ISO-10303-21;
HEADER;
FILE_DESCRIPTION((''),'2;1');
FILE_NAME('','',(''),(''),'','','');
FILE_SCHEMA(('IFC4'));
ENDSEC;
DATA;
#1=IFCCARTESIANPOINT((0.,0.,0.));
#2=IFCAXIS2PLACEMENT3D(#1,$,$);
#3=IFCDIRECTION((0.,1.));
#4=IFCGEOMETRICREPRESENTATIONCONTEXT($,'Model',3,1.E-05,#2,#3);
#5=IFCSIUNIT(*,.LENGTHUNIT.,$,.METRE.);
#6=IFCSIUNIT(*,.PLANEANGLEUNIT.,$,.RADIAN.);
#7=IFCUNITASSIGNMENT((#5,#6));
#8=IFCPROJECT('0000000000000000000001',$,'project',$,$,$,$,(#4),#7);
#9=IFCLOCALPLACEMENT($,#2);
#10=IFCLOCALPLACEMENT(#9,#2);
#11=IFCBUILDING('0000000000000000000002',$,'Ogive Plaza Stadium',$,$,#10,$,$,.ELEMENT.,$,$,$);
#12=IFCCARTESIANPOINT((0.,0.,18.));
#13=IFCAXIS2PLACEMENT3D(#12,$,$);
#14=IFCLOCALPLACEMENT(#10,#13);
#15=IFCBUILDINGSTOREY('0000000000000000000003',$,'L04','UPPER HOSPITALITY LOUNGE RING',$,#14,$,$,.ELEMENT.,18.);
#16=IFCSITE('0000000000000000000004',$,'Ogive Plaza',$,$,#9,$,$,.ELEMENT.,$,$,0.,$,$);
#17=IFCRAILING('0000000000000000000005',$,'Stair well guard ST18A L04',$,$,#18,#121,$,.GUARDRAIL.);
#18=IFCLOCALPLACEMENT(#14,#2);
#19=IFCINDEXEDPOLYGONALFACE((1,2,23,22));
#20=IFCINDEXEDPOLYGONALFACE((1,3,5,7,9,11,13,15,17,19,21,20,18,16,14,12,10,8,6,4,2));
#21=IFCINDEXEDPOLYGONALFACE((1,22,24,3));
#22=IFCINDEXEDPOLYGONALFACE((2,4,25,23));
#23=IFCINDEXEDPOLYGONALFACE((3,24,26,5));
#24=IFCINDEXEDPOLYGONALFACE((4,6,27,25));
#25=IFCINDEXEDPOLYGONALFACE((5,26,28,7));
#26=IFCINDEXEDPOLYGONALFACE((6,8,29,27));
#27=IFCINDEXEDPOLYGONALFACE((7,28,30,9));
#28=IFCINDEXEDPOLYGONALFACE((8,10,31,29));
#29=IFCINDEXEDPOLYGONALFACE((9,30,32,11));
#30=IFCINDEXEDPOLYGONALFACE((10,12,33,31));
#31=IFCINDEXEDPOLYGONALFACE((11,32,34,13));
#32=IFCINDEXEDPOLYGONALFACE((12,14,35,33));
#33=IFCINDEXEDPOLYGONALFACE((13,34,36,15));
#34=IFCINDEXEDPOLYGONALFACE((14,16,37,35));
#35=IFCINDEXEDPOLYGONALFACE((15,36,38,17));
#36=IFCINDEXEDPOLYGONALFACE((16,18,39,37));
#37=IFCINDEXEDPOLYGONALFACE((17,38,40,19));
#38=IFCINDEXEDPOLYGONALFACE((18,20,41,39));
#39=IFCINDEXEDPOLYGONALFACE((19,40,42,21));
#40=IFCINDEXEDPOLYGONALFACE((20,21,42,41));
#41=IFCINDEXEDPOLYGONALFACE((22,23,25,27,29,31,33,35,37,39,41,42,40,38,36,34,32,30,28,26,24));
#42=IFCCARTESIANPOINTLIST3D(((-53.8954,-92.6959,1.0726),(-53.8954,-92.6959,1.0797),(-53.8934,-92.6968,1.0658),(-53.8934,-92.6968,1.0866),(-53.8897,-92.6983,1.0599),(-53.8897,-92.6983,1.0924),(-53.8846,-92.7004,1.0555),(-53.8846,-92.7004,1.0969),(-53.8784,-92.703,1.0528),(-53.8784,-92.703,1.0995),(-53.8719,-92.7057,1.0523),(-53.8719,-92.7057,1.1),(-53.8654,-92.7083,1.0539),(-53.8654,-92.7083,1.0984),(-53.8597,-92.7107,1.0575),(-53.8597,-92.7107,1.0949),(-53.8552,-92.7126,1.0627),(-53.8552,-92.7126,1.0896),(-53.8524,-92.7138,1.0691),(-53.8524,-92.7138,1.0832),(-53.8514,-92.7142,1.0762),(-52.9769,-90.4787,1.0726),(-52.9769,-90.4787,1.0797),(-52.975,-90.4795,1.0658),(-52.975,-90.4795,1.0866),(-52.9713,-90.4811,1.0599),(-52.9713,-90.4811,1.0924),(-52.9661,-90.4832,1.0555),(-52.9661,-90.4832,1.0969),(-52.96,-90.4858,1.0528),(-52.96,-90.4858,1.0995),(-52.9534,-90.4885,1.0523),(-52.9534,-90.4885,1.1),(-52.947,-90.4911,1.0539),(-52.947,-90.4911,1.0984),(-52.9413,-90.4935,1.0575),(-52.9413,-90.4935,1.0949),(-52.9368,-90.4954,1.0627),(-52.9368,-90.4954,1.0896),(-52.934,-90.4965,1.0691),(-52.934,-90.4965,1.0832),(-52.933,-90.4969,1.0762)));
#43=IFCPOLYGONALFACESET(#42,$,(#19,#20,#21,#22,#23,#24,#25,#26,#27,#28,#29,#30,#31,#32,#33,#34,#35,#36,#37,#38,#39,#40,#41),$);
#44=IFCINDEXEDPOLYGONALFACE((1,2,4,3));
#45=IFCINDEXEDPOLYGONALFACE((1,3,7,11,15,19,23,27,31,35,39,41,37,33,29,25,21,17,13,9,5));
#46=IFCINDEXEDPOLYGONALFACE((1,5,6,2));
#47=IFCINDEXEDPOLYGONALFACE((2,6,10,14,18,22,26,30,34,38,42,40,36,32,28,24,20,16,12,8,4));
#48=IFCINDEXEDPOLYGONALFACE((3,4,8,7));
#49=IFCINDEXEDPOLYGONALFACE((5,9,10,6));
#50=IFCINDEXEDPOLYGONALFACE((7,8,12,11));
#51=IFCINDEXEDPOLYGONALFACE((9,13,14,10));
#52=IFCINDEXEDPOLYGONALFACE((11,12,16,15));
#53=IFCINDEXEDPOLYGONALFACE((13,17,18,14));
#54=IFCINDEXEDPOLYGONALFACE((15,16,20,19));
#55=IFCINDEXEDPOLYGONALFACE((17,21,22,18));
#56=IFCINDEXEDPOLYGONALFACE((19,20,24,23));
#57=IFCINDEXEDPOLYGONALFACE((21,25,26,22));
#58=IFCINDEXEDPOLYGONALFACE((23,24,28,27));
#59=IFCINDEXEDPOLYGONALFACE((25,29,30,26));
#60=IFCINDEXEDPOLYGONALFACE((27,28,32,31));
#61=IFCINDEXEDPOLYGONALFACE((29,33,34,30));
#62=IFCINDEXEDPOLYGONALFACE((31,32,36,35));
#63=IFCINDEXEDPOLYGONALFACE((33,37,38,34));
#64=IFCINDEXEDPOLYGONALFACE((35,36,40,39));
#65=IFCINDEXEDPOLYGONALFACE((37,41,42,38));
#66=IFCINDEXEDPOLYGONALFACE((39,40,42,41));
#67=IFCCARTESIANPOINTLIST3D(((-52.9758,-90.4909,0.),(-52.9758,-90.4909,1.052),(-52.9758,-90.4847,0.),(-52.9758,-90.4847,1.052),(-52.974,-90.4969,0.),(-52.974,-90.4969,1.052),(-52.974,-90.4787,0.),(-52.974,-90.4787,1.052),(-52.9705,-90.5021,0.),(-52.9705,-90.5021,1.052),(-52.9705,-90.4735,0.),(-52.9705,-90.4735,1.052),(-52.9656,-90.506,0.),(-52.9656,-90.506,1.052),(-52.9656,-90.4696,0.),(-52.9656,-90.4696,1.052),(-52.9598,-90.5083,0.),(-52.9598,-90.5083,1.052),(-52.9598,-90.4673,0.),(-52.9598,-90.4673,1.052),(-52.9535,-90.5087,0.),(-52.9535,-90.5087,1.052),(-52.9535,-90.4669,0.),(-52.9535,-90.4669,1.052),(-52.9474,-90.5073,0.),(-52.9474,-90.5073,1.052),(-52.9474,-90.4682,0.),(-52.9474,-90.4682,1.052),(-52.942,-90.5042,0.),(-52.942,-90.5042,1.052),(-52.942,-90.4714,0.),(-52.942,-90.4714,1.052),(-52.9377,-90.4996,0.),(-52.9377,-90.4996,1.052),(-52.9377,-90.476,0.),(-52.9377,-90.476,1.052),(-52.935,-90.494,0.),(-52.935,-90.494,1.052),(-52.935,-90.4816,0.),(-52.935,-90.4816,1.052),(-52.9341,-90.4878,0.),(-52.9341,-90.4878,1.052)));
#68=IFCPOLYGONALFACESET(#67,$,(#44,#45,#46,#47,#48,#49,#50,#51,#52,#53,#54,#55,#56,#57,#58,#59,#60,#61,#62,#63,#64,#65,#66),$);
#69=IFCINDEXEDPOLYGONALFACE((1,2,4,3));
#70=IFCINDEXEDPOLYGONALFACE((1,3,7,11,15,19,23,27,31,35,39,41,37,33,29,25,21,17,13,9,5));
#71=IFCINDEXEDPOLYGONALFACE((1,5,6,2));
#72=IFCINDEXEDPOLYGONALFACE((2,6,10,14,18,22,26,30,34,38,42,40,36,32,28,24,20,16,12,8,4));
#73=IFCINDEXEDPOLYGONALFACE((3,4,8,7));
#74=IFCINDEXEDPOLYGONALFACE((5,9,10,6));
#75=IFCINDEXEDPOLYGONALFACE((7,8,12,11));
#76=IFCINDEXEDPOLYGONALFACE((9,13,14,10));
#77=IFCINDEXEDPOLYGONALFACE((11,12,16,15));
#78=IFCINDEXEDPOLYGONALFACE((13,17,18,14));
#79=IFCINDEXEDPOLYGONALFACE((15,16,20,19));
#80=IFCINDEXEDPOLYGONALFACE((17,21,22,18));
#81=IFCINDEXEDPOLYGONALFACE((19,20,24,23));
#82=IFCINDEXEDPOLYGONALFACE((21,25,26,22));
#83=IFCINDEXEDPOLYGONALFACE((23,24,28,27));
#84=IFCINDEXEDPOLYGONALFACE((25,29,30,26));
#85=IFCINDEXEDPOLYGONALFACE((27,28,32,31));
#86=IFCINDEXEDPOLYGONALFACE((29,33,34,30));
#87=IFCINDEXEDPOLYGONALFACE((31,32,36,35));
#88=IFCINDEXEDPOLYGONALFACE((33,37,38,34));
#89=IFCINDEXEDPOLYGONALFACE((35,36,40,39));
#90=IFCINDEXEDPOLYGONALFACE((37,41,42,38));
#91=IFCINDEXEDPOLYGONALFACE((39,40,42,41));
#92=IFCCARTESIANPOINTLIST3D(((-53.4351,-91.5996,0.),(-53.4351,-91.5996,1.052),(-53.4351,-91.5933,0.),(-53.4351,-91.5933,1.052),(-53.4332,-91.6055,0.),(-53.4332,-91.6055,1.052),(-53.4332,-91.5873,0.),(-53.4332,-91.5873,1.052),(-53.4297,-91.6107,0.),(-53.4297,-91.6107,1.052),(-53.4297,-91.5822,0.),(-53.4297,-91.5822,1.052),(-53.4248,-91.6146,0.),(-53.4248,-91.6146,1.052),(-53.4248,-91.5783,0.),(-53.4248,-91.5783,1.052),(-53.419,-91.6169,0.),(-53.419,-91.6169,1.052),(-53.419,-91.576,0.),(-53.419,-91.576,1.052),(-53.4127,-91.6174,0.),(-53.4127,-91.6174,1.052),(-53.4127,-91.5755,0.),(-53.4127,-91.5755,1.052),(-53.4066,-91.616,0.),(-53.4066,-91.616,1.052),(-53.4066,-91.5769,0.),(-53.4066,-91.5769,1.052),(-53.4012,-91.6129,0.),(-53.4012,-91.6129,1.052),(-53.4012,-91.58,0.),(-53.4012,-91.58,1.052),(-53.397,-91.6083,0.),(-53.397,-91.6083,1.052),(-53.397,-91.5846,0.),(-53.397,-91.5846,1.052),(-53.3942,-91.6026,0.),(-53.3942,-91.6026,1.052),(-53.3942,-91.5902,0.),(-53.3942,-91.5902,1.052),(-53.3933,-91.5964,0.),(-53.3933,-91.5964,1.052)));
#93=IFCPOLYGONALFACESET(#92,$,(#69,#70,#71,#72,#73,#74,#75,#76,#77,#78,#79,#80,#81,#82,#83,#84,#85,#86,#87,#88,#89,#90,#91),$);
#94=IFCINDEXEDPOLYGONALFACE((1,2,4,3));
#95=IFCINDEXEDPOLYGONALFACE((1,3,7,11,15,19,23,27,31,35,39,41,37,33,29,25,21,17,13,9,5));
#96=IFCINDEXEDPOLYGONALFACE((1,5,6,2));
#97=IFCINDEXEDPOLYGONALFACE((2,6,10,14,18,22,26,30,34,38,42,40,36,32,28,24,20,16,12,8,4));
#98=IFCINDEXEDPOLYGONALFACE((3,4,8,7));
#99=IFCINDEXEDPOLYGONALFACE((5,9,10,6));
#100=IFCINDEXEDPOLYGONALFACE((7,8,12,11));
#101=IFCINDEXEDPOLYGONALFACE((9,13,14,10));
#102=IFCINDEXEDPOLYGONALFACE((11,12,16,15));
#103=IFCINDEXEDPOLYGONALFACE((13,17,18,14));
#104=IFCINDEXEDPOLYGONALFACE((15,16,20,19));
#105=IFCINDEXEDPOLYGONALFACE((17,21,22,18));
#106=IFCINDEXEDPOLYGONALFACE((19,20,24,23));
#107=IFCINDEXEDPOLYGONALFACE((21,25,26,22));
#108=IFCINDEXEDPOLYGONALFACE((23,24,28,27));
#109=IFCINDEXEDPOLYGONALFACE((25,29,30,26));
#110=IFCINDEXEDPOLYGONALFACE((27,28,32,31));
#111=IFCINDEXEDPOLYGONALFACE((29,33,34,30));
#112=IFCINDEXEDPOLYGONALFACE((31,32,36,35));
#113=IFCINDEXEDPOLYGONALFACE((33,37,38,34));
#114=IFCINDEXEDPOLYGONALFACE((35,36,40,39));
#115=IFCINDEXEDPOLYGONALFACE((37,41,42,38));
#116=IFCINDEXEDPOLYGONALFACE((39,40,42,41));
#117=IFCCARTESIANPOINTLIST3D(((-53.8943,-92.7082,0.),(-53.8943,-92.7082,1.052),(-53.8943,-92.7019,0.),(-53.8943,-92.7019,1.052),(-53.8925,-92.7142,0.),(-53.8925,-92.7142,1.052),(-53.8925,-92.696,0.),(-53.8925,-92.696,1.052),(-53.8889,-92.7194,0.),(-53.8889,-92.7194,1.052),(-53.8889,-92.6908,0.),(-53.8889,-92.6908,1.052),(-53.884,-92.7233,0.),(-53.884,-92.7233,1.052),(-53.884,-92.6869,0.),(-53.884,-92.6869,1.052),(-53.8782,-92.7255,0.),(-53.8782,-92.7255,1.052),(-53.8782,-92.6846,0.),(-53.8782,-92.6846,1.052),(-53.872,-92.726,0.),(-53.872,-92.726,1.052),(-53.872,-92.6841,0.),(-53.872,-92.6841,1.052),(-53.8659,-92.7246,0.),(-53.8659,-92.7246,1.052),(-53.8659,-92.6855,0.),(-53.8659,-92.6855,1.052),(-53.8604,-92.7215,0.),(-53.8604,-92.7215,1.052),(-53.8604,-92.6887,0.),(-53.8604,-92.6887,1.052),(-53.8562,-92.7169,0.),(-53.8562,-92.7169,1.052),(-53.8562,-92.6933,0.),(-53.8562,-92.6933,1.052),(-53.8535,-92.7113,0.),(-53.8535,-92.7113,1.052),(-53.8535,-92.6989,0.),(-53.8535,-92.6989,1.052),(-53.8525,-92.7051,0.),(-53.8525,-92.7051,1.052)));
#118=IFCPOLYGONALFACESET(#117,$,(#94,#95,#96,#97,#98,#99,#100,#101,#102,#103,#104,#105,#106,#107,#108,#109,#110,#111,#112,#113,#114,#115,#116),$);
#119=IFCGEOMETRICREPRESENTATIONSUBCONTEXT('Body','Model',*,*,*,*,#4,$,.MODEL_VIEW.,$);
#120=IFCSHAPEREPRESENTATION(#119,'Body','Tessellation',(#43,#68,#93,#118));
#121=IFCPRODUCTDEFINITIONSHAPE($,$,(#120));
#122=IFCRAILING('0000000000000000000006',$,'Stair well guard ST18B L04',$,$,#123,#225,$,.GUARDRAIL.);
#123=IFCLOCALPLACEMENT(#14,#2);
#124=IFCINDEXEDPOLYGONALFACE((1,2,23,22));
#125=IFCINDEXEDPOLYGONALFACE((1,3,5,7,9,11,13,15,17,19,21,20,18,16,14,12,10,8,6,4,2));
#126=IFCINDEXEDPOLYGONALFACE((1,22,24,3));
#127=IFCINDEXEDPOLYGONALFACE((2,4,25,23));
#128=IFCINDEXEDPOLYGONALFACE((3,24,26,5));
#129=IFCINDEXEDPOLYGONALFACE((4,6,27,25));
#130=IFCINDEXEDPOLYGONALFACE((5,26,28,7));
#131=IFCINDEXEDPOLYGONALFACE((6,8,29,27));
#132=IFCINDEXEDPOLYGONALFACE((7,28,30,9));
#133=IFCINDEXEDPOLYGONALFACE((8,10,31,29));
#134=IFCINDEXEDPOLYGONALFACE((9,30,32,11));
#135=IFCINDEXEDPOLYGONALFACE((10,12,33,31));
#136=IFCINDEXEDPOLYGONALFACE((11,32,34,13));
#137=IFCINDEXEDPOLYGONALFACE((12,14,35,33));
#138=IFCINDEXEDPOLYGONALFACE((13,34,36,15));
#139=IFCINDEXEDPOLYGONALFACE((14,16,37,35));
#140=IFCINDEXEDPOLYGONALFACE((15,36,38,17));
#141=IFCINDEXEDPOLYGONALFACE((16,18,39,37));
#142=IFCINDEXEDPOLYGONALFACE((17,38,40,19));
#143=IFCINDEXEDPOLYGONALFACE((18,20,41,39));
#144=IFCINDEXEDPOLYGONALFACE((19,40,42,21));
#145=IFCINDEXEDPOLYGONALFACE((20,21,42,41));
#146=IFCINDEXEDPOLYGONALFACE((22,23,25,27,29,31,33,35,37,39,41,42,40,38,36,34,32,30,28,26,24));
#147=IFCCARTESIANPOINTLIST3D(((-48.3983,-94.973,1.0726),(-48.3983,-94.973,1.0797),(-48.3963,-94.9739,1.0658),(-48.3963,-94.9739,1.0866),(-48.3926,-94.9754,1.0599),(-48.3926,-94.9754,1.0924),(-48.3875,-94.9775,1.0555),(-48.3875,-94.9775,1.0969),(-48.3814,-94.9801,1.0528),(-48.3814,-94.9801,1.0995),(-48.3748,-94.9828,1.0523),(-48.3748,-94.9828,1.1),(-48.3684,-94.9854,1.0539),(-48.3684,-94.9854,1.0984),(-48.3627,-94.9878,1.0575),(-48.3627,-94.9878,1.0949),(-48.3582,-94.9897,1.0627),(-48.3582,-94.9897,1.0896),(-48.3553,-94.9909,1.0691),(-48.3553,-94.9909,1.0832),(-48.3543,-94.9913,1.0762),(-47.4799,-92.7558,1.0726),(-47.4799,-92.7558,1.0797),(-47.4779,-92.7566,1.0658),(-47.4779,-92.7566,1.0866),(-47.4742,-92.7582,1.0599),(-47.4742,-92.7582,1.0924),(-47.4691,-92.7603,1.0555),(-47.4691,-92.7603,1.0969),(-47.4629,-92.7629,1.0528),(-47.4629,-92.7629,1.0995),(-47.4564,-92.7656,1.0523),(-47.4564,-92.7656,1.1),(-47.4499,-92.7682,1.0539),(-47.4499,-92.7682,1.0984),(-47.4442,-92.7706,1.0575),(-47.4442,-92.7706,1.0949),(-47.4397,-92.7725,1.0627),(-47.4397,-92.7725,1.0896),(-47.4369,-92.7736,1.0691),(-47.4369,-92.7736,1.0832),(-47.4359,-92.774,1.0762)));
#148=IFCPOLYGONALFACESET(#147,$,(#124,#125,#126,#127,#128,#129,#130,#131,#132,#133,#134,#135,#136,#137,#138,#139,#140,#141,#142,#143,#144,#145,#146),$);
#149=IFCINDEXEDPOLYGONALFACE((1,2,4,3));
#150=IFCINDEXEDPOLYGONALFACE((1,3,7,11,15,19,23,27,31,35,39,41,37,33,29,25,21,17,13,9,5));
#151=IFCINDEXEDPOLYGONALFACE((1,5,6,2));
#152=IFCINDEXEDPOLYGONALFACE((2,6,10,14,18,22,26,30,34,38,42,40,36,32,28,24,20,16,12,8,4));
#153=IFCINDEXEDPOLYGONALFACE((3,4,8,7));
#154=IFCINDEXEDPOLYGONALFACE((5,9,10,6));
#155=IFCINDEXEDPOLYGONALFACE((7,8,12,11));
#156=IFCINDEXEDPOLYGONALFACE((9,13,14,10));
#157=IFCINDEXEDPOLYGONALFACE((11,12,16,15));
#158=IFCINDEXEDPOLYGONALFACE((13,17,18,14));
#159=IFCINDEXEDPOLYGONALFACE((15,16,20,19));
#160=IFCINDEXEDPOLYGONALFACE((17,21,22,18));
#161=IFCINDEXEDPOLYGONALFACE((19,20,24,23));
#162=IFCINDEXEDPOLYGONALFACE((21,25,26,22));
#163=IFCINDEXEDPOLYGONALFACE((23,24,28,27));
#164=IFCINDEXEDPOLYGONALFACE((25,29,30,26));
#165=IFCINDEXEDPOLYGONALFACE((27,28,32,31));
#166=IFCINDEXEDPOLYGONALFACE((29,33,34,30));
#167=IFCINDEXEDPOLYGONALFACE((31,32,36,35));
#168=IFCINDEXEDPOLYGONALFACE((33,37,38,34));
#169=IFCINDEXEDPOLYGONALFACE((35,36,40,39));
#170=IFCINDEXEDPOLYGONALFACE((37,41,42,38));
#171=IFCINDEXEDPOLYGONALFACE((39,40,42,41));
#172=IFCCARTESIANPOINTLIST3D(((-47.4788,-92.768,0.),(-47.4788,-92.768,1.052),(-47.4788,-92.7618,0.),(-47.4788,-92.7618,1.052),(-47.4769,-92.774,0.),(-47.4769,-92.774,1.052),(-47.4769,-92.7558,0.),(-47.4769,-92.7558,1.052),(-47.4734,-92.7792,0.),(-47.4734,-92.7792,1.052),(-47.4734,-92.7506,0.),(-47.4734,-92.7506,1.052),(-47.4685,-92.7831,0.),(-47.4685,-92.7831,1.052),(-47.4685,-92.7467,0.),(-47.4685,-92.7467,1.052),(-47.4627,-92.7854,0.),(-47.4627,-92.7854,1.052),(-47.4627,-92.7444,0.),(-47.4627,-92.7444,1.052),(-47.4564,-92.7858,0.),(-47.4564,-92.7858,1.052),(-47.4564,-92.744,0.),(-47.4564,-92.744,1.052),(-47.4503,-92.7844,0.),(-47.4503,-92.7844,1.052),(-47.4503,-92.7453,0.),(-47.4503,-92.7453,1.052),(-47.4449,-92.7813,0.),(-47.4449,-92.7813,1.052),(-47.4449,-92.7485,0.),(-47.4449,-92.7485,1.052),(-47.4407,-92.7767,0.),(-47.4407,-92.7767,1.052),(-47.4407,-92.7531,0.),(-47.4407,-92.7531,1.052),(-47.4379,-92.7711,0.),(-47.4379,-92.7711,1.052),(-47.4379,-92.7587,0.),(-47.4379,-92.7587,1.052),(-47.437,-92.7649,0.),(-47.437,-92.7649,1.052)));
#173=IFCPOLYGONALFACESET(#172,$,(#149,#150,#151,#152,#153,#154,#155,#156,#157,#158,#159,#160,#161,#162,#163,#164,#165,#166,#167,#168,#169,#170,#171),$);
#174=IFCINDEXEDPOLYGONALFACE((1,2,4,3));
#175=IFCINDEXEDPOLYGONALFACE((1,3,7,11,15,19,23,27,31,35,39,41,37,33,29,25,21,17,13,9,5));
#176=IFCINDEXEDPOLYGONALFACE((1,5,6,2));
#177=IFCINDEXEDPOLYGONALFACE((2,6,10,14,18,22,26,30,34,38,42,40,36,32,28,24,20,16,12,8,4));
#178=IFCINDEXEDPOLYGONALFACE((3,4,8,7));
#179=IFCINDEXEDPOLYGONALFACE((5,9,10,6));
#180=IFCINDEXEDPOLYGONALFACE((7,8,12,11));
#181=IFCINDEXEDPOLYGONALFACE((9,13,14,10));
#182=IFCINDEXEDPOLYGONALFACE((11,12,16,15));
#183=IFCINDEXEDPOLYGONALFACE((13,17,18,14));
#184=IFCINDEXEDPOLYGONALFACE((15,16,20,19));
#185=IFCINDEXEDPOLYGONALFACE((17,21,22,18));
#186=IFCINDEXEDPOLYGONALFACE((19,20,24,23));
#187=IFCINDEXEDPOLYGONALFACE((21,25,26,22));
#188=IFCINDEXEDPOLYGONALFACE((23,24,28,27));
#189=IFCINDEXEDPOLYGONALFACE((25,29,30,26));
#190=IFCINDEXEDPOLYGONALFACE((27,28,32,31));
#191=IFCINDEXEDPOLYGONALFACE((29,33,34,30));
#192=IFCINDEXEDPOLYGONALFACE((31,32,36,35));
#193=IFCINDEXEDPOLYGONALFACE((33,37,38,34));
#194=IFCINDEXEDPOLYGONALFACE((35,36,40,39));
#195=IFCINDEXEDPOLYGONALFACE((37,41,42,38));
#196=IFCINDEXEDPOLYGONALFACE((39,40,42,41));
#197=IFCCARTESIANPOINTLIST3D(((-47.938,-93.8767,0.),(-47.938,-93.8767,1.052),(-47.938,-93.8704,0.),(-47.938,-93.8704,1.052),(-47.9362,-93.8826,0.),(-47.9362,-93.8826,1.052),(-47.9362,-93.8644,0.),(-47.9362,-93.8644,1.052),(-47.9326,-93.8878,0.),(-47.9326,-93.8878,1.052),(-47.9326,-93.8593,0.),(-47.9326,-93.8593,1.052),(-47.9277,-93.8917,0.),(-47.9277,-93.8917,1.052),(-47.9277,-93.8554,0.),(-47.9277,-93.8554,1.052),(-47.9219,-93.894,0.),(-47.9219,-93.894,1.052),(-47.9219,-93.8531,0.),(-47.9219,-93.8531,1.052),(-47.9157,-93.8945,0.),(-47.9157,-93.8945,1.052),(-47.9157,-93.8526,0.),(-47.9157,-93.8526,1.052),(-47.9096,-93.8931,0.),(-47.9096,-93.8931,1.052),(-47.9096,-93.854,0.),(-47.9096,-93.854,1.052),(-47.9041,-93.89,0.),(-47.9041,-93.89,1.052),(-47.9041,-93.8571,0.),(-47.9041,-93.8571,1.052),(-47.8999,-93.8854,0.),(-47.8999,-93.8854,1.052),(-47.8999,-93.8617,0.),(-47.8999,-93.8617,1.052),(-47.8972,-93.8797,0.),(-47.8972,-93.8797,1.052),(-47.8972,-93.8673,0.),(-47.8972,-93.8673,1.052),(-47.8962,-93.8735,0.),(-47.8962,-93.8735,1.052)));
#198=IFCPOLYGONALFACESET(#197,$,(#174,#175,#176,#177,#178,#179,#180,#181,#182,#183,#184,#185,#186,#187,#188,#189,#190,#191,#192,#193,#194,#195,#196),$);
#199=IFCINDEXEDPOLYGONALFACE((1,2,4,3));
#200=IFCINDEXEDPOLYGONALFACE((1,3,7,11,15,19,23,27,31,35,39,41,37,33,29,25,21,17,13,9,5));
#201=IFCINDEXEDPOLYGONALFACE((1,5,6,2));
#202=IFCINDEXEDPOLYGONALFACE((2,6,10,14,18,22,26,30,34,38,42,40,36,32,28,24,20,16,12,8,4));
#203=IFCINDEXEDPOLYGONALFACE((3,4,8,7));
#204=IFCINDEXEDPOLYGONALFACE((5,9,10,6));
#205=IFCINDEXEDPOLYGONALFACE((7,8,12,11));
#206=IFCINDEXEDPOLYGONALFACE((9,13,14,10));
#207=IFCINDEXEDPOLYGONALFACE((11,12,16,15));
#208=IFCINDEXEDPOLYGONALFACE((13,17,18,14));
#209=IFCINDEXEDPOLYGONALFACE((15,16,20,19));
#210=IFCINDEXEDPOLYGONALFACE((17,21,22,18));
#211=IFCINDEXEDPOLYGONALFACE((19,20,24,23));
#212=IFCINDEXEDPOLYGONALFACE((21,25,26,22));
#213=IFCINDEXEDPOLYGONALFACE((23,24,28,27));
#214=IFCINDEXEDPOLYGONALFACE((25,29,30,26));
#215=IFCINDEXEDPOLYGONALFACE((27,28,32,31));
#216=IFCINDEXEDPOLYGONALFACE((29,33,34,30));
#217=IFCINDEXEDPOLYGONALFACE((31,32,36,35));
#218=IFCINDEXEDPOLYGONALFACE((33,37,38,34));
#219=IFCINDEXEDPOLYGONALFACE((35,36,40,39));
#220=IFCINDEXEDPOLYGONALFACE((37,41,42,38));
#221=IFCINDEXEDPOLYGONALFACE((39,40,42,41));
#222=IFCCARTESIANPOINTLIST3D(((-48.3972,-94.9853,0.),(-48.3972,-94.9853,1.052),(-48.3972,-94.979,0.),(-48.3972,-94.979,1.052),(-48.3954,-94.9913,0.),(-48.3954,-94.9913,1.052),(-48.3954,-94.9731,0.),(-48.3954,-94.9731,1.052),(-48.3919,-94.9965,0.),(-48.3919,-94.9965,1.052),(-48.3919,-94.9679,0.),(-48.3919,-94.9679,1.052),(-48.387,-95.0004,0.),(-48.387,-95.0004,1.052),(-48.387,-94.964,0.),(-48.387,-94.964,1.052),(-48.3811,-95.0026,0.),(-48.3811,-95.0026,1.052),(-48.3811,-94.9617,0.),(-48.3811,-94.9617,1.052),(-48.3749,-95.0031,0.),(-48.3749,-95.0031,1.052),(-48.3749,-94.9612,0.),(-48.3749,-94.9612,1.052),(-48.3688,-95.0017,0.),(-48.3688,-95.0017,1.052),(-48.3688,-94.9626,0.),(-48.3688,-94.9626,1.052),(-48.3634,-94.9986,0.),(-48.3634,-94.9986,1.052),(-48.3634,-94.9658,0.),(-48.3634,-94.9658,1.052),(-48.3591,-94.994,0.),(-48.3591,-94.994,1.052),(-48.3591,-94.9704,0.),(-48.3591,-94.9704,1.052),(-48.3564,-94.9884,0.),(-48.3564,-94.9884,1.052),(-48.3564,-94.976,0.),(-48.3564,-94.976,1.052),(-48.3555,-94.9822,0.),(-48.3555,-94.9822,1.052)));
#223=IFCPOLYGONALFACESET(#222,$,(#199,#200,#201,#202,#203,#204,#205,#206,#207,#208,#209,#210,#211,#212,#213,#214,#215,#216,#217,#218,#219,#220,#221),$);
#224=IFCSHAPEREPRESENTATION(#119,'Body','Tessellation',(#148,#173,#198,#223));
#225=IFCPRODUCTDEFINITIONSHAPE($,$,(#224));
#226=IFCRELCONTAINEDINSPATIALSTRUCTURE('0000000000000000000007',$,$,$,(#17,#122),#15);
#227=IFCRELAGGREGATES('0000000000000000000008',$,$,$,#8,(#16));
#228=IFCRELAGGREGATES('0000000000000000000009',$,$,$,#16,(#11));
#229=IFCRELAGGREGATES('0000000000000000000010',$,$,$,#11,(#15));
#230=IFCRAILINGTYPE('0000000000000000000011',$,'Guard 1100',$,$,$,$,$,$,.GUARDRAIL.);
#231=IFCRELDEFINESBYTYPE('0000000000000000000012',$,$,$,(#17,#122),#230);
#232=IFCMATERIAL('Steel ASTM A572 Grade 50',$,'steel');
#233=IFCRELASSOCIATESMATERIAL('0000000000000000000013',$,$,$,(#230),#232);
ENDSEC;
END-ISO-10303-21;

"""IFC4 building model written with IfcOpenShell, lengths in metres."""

from ifc_helpers import new_model, si_unit, direction, frame, origin, origin_2d, place, context, subcontext, project, spatial, circle, extrude, material, type_object, element, save


model = new_model("IFC4")

# Units and contexts
model_context = context("Model", 3, precision=1e-05, world=origin(), true_north=direction((0.0, 1.0)))
body_context = subcontext(model_context, "Body", "Model", "MODEL_VIEW")
ifc_project = project(units=[si_unit("LENGTHUNIT", "METRE"), si_unit("PLANEANGLEUNIT", "RADIAN")], contexts=[model_context])

# Site, building, storey
site_placement = place(None, origin())
site = spatial("IfcSite", under=ifc_project, at=site_placement, Name="Ogive Plaza", CompositionType="ELEMENT", RefElevation=0.0)
building_placement = place(site_placement, origin())
building = spatial("IfcBuilding", under=site, at=building_placement, Name="Ogive Plaza Stadium", CompositionType="ELEMENT")
storey_placement = place(building_placement, frame((0.0, 0.0, 18.0)))
storey = spatial("IfcBuildingStorey", under=building, at=storey_placement, Name="L04", Description="UPPER HOSPITALITY LOUNGE RING", CompositionType="ELEMENT", Elevation=18.0)

# Railings
ifc_material_1 = material(Name="Steel ASTM A572 Grade 50", Category="steel")
railing_type_1 = type_object("IfcRailingType", Name="Guard 1100", PredefinedType="GUARDRAIL", material=ifc_material_1)
for number, where, name in (
    (1, (-52.9551, -90.4878, 0.0), "Stair well guard ST18A L04"),
    (2, (-47.458, -92.7649, 0.0), "Stair well guard ST18B L04"),
):
    element("IfcRailing", number, at=place(storey_placement, frame(where)), inside=storey, type_object=railing_type_1, Name=name, PredefinedType="GUARDRAIL", context=body_context, shape_type="SweptSolid", body=[
        extrude(circle(Radius=0.0239, at=origin_2d()), frame((0.0, 0.0, 1.0762), z_axis=(-0.382693, -0.923875, 0.0), x_axis=(0.923875, -0.382693, 0.0)), (0.0, 0.0, 1.0), 2.3999),
        extrude(circle(Radius=0.021, at=origin_2d()), origin(), (0.0, 0.0, 1.0), 1.052),
        extrude(circle(Radius=0.021, at=origin_2d()), frame((-0.4592, -1.1086, 0.0)), (0.0, 0.0, 1.0), 1.052),
        extrude(circle(Radius=0.021, at=origin_2d()), frame((-0.9185, -2.2173, 0.0)), (0.0, 0.0, 1.0), 1.052),
    ])

save(model, "model.ifc")
